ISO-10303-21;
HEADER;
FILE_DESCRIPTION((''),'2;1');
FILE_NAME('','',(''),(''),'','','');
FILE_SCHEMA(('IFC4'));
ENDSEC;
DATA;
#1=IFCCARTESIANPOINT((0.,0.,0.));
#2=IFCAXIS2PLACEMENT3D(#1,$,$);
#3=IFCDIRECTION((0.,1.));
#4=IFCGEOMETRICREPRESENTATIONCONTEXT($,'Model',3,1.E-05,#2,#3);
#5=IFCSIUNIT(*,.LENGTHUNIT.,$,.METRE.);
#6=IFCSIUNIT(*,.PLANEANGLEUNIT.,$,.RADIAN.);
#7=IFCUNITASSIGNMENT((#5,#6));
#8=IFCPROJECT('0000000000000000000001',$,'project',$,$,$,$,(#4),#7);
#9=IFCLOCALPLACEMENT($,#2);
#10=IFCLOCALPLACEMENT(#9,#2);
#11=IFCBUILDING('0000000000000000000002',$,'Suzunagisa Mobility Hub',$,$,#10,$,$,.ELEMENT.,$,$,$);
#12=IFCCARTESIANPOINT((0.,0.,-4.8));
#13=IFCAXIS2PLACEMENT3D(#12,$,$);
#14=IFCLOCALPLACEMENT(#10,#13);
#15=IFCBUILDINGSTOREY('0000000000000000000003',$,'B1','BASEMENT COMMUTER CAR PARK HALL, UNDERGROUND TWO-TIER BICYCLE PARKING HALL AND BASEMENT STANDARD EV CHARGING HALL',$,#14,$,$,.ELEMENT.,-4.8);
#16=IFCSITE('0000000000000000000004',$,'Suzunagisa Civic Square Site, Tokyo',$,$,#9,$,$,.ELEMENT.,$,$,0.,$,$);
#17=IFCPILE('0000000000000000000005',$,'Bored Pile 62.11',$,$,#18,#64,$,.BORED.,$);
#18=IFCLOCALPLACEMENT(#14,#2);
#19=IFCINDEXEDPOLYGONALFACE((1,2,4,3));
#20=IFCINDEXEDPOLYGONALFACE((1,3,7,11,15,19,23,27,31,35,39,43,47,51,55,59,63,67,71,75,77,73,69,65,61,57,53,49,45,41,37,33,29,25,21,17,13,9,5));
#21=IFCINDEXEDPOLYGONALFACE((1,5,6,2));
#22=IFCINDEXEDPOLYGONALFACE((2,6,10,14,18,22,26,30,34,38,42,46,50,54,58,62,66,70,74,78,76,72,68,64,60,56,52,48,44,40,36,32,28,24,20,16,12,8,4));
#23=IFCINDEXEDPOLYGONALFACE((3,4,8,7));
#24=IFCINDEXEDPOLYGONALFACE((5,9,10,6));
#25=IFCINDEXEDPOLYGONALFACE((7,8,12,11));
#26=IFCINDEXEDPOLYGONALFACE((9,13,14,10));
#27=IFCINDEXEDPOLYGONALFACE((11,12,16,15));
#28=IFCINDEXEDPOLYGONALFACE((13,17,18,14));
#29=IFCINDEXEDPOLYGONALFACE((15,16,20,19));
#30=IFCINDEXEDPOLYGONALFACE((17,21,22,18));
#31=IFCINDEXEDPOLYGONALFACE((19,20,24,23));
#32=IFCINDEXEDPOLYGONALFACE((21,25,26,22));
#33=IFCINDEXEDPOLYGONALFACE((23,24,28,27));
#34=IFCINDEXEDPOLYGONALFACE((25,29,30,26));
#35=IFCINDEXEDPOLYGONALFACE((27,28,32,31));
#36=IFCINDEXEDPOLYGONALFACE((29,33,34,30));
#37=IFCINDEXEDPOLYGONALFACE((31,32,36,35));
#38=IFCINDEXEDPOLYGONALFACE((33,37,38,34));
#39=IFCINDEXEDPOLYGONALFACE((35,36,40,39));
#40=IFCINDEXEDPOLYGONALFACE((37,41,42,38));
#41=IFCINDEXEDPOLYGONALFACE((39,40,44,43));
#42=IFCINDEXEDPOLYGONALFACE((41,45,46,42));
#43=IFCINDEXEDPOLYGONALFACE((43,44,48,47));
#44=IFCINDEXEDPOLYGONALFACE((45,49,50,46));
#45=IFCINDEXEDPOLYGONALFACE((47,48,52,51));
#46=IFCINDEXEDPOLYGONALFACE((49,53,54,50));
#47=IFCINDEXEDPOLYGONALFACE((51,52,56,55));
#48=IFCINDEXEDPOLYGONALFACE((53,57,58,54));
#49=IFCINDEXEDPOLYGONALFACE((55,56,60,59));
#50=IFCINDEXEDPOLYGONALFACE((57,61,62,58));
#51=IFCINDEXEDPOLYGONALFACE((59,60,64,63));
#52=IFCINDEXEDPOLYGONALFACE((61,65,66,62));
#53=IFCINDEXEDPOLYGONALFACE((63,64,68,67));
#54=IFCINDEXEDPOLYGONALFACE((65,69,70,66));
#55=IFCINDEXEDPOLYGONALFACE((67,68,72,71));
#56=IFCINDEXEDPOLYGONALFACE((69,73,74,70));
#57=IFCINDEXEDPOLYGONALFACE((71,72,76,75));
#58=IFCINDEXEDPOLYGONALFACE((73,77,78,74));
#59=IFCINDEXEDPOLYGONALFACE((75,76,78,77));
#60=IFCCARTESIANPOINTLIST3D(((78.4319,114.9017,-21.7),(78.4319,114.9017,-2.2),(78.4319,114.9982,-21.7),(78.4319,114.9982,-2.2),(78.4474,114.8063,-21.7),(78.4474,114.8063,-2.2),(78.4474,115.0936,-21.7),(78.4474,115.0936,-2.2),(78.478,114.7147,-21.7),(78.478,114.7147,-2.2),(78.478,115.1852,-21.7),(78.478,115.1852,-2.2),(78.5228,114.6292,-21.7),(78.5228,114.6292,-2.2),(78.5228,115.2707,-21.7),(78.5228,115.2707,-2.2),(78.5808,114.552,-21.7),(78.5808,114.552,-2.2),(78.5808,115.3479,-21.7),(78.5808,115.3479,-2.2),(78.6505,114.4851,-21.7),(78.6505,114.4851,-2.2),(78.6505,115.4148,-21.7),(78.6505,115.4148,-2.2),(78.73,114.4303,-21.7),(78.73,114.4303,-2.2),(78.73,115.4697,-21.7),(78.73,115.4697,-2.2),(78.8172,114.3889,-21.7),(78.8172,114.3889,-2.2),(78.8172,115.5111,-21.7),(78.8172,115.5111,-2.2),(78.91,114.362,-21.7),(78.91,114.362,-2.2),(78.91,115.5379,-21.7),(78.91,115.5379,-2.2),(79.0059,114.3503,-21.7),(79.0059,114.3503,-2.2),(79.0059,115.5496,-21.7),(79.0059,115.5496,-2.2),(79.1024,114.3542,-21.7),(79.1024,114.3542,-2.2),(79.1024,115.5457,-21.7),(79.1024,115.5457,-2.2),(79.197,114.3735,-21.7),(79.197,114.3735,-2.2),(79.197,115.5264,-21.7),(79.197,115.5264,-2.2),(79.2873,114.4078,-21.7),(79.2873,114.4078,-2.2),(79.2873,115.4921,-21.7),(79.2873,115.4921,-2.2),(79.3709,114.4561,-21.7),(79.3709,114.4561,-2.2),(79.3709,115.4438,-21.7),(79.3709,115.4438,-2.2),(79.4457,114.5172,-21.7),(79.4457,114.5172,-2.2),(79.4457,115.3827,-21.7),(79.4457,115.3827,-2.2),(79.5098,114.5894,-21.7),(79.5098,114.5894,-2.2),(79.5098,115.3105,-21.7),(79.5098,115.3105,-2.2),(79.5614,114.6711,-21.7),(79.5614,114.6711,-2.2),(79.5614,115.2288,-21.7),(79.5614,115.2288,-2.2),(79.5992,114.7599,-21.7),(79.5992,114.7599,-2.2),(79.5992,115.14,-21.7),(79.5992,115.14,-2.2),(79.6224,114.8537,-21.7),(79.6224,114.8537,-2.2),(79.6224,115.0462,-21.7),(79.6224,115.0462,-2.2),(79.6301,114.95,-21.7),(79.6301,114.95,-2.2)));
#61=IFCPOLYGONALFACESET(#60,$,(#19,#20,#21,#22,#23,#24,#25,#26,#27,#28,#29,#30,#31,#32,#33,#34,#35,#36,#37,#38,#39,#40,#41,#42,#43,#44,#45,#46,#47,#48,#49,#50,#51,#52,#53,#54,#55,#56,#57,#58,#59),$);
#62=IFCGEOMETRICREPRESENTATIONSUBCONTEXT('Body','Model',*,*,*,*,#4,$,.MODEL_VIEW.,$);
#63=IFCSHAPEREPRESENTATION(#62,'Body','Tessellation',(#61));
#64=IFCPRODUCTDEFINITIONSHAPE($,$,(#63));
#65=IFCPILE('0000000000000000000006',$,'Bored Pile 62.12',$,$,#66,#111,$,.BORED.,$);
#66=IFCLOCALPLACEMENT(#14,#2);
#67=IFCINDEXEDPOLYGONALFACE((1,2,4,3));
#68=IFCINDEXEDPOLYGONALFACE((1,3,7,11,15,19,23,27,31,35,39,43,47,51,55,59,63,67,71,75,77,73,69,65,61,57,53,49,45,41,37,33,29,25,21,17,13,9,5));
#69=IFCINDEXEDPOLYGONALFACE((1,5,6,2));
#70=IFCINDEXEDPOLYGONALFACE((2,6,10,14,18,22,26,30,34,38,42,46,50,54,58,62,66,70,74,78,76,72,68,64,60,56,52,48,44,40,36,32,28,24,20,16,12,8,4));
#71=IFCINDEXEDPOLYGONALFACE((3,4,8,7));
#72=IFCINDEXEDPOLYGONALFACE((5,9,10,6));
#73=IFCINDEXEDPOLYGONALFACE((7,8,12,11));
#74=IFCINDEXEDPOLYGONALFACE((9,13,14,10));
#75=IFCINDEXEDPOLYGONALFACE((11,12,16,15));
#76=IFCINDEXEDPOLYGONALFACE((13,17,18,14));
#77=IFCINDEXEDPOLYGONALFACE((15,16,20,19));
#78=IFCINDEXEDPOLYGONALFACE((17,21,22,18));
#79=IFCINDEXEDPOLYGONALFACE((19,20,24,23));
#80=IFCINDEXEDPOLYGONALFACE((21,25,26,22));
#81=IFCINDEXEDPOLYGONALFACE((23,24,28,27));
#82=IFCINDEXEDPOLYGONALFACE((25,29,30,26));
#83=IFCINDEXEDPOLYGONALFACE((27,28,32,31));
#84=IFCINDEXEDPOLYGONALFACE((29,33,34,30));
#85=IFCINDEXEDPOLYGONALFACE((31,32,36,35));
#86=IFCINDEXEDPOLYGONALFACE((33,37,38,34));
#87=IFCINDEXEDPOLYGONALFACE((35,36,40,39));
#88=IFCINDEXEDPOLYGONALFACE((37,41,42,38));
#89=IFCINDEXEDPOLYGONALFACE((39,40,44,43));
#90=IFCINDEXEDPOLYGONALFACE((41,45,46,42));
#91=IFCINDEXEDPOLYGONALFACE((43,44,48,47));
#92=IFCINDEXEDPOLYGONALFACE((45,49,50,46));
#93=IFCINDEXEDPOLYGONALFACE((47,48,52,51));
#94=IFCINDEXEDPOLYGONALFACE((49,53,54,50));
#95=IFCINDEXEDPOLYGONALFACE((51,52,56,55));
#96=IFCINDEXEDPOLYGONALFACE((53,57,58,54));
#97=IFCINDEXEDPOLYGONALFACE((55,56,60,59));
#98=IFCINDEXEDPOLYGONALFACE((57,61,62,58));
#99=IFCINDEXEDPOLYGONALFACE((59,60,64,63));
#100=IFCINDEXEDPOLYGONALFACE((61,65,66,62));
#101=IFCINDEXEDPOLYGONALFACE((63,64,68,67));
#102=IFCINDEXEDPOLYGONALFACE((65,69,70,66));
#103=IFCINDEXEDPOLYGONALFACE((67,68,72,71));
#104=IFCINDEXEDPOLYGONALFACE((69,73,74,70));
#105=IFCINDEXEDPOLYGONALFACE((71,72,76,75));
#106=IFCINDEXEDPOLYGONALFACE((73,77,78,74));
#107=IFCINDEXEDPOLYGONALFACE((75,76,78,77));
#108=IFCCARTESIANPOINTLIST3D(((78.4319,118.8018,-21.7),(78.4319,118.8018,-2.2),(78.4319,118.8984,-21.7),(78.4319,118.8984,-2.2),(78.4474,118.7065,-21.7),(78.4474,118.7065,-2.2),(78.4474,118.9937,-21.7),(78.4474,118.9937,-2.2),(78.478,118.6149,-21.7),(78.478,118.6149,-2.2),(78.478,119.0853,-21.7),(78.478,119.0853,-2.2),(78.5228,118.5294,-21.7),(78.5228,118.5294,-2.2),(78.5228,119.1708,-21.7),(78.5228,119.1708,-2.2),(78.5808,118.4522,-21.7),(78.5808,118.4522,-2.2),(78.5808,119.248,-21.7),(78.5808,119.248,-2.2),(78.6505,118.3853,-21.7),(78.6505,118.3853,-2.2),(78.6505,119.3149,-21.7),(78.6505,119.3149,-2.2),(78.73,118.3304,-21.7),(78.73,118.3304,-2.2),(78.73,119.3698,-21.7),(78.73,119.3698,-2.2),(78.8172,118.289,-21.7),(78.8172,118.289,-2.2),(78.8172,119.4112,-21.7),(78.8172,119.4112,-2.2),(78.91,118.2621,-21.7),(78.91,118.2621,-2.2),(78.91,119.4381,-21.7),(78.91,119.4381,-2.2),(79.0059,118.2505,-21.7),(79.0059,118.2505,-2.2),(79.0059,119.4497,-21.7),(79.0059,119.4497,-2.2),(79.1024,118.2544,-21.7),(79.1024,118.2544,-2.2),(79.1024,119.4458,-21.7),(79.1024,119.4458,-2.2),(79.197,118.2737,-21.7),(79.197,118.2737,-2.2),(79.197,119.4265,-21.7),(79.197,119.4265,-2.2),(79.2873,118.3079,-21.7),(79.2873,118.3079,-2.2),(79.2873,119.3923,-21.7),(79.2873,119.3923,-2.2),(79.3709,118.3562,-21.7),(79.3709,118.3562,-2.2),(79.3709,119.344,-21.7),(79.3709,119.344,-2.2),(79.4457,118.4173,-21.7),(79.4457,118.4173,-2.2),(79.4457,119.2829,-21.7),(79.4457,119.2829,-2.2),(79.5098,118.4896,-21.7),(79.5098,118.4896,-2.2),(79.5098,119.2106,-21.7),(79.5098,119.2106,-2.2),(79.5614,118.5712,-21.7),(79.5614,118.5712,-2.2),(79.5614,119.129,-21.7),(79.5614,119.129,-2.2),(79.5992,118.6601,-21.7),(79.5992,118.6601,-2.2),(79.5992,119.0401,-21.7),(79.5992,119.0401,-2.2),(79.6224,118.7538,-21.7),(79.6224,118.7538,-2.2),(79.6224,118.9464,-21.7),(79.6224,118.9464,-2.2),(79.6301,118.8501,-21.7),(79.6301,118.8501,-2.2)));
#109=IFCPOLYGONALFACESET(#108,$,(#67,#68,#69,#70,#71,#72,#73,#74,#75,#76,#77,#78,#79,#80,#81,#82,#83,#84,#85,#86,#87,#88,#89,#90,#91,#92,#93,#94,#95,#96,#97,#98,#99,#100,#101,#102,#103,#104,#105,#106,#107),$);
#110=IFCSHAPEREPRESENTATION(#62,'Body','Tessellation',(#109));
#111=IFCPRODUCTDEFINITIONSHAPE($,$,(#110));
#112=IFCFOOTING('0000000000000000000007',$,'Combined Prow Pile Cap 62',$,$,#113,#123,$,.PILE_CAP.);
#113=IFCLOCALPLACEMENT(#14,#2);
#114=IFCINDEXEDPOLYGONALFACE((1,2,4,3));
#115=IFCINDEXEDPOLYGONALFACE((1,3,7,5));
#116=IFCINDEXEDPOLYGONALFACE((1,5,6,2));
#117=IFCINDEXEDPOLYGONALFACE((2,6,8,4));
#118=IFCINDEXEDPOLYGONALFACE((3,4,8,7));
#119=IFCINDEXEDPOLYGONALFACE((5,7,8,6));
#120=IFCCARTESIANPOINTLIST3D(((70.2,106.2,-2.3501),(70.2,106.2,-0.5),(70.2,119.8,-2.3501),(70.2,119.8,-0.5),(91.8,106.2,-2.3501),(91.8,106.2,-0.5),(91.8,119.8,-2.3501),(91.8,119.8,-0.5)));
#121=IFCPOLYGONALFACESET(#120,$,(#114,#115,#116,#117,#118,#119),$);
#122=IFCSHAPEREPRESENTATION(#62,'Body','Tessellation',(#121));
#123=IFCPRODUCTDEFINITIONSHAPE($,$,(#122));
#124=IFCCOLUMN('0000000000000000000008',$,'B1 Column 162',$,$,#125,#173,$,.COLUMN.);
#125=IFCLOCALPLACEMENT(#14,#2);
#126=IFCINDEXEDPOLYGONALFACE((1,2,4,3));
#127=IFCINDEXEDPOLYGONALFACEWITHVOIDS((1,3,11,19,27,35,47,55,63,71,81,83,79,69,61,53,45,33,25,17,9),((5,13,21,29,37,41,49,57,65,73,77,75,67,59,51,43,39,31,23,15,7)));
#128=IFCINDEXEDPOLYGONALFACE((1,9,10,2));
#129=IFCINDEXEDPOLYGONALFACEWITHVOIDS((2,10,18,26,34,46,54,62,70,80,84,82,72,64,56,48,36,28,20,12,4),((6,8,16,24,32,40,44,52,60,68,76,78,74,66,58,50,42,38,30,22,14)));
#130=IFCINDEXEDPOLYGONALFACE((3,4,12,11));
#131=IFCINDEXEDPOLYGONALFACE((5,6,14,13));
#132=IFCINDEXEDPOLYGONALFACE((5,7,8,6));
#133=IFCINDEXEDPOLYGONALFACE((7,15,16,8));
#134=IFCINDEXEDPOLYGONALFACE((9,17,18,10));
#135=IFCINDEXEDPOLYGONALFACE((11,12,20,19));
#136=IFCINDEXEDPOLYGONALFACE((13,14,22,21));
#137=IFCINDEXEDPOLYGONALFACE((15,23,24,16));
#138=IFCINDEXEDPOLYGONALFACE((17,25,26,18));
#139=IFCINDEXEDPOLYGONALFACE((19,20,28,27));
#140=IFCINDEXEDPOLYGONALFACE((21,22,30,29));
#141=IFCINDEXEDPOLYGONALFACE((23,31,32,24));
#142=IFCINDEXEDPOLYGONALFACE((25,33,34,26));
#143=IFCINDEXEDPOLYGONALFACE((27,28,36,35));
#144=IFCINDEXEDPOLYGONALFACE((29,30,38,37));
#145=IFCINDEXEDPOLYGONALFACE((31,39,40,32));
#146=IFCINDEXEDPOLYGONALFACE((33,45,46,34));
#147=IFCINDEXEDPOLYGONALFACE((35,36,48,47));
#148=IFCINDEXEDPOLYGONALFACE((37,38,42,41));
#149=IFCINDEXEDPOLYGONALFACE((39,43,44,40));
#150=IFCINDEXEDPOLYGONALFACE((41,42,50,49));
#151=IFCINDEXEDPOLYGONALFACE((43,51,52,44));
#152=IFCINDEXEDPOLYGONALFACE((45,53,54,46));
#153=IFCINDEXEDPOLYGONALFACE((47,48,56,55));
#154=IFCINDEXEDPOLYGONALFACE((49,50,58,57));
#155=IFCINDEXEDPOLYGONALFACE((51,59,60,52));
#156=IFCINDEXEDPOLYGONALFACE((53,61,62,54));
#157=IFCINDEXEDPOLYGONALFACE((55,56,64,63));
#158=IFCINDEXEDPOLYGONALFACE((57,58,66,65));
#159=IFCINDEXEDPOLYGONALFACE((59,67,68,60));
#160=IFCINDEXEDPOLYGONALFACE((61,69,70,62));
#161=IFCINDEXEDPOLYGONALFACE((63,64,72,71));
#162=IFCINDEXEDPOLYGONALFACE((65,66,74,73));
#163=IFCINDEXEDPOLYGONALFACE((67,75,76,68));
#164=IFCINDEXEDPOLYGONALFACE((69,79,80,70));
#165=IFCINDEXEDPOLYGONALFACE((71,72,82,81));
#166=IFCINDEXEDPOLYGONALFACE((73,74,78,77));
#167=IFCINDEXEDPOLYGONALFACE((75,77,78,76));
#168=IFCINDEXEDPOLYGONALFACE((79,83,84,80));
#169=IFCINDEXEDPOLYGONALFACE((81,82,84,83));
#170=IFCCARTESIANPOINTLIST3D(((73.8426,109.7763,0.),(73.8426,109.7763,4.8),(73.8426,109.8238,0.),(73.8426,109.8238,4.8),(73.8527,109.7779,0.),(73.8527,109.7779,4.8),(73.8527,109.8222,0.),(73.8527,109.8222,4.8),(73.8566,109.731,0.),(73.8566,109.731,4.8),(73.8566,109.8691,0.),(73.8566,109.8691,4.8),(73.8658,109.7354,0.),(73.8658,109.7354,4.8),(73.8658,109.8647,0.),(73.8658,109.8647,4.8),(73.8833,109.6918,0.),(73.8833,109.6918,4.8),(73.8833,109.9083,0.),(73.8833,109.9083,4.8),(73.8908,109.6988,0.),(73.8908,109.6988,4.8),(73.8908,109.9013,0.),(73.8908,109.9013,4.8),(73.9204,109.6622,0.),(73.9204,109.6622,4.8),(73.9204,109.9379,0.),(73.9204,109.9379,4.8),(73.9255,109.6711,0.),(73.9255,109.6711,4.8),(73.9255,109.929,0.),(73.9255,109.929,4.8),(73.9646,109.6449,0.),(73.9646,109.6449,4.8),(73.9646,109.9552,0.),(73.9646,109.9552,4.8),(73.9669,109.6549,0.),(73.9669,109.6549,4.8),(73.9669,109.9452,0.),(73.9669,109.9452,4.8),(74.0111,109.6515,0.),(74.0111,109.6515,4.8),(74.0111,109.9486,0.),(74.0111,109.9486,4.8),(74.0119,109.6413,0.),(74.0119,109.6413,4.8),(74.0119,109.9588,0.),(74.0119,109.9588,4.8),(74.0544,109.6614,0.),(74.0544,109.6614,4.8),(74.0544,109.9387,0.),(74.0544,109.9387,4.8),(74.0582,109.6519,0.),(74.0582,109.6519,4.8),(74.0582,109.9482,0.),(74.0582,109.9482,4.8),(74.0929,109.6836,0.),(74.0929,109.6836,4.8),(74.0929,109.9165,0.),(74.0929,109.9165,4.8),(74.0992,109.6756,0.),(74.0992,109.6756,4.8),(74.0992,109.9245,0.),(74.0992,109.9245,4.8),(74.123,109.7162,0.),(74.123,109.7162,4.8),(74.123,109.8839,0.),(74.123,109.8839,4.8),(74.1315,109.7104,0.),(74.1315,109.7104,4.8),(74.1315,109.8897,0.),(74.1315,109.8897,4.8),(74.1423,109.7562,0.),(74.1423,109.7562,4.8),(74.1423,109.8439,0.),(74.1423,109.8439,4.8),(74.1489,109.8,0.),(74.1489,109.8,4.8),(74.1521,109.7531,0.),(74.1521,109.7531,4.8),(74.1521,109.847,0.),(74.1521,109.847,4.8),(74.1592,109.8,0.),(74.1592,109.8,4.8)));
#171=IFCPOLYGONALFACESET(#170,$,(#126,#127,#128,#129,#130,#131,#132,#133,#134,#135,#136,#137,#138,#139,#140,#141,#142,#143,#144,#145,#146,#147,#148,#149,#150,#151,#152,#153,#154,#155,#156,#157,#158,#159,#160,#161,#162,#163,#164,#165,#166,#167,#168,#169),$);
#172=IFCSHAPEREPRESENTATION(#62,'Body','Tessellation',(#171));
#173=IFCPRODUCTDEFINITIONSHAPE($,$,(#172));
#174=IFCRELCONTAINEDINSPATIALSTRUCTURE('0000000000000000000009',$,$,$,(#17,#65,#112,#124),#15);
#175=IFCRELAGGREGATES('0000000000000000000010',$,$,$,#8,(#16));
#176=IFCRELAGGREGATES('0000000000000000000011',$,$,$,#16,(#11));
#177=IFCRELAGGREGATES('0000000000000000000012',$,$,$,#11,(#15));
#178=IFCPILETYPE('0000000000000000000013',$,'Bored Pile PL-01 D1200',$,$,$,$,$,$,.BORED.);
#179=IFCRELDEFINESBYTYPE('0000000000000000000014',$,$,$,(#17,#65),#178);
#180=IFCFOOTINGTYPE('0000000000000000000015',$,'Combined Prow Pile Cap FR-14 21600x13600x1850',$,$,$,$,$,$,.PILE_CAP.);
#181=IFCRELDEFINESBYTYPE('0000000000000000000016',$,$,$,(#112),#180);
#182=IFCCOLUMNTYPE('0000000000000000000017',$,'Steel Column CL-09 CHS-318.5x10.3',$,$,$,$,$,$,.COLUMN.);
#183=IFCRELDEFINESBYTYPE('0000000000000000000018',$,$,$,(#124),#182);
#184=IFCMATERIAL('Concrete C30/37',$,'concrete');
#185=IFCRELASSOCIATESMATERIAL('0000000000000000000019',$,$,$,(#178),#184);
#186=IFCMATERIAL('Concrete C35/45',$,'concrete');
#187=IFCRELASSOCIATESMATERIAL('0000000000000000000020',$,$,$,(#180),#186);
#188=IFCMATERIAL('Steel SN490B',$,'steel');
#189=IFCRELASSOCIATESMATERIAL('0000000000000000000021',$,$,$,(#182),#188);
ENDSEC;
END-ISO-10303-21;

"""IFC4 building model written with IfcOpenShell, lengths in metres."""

from ifc_helpers import new_model, si_unit, direction, frame, origin, origin_2d, place, context, subcontext, project, spatial, rectangle, circle, hollow_circle, extrude, material, material_profile, profile_set, type_object, element, save


model = new_model("IFC4")

# Units and contexts
model_context = context("Model", 3, precision=1e-05, world=origin(), true_north=direction((0.0, 1.0)))
body_context = subcontext(model_context, "Body", "Model", "MODEL_VIEW")
ifc_project = project(units=[si_unit("LENGTHUNIT", "METRE"), si_unit("PLANEANGLEUNIT", "RADIAN")], contexts=[model_context])

# Site, building, storey
site_placement = place(None, origin())
site = spatial("IfcSite", under=ifc_project, at=site_placement, Name="Suzunagisa Civic Square Site, Tokyo", CompositionType="ELEMENT", RefElevation=0.0)
building_placement = place(site_placement, origin())
building = spatial("IfcBuilding", under=site, at=building_placement, Name="Suzunagisa Mobility Hub", CompositionType="ELEMENT")
storey_placement = place(building_placement, frame((0.0, 0.0, -4.8)))
storey = spatial("IfcBuildingStorey", under=building, at=storey_placement, Name="B1", Description="BASEMENT COMMUTER CAR PARK HALL, UNDERGROUND TWO-TIER BICYCLE PARKING HALL AND BASEMENT STANDARD EV CHARGING HALL", CompositionType="ELEMENT", Elevation=-4.8)

# Piles
ifc_material_1 = material(Name="Concrete C30/37", Category="concrete")
ifc_material_profile_1 = material_profile(ifc_material_1, circle(Radius=0.6001, at=origin_2d()), Name="BORED PILE D1200")
ifc_profile_set_1 = profile_set([ifc_material_profile_1], Name="Concrete C30/37")
pile_type = type_object("IfcPileType", Name="Bored Pile PL-01 D1200", PredefinedType="BORED", material=ifc_profile_set_1)
for number, where, z_axis, x_axis, name in (
    (1, (79.03, 114.95, -2.2), (0.0, 0.0, -1.0), (1.0, 0.0, 0.0), "Bored Pile 62.11"),
    (2, (79.03, 118.8501, -2.2), (0.0, 0.0, -1.0), (1.0, 0.0, 0.0), "Bored Pile 62.12"),
):
    element("IfcPile", number, at=place(storey_placement, frame(where, z_axis=z_axis, x_axis=x_axis)), inside=storey, type_object=pile_type, Name=name, PredefinedType="BORED", context=body_context, shape_type="SweptSolid", body=[
        extrude(circle(Radius=0.6001, at=origin_2d()), origin(), (0.0, 0.0, 1.0), 19.5),
    ])

# Footing
ifc_material_2 = material(Name="Concrete C35/45", Category="concrete")
footing_type = type_object("IfcFootingType", Name="Combined Prow Pile Cap FR-14 21600x13600x1850", PredefinedType="PILE_CAP", material=ifc_material_2)
footing_placement = place(storey_placement, frame((81.0, 113.0, -2.3501), z_axis=(0.0, 0.0, 1.0), x_axis=(1.0, 0.0, 0.0)))
element("IfcFooting", 3, at=footing_placement, inside=storey, type_object=footing_type, Name="Combined Prow Pile Cap 62", PredefinedType="PILE_CAP", context=body_context, shape_type="SweptSolid", body=[
    extrude(rectangle(XDim=21.6001, YDim=13.6001, at=origin_2d()), origin(), (0.0, 0.0, 1.0), 1.8501),
])

# Column
ifc_material_3 = material(Name="Steel SN490B", Category="steel")
ifc_material_profile_2 = material_profile(ifc_material_3, hollow_circle(Radius=0.1592, WallThickness=0.0103, at=origin_2d()), Name="CHS-318.5x10.3")
ifc_profile_set_2 = profile_set([ifc_material_profile_2], Name="Steel SN490B")
column_type_1 = type_object("IfcColumnType", Name="Steel Column CL-09 CHS-318.5x10.3", PredefinedType="COLUMN", material=ifc_profile_set_2)
for number, where, z_axis, x_axis, name in (
    (4, (74.0, 109.8, 0.0), (0.0, 0.0, 1.0), (1.0, 0.0, 0.0), "B1 Column 162"),
):
    element("IfcColumn", number, at=place(storey_placement, frame(where, z_axis=z_axis, x_axis=x_axis)), inside=storey, type_object=column_type_1, Name=name, PredefinedType="COLUMN", context=body_context, shape_type="SweptSolid", body=[
        extrude(hollow_circle(Radius=0.1592, WallThickness=0.0103, at=origin_2d()), origin(), (0.0, 0.0, 1.0), 4.8),
    ])

save(model, "model.ifc")
